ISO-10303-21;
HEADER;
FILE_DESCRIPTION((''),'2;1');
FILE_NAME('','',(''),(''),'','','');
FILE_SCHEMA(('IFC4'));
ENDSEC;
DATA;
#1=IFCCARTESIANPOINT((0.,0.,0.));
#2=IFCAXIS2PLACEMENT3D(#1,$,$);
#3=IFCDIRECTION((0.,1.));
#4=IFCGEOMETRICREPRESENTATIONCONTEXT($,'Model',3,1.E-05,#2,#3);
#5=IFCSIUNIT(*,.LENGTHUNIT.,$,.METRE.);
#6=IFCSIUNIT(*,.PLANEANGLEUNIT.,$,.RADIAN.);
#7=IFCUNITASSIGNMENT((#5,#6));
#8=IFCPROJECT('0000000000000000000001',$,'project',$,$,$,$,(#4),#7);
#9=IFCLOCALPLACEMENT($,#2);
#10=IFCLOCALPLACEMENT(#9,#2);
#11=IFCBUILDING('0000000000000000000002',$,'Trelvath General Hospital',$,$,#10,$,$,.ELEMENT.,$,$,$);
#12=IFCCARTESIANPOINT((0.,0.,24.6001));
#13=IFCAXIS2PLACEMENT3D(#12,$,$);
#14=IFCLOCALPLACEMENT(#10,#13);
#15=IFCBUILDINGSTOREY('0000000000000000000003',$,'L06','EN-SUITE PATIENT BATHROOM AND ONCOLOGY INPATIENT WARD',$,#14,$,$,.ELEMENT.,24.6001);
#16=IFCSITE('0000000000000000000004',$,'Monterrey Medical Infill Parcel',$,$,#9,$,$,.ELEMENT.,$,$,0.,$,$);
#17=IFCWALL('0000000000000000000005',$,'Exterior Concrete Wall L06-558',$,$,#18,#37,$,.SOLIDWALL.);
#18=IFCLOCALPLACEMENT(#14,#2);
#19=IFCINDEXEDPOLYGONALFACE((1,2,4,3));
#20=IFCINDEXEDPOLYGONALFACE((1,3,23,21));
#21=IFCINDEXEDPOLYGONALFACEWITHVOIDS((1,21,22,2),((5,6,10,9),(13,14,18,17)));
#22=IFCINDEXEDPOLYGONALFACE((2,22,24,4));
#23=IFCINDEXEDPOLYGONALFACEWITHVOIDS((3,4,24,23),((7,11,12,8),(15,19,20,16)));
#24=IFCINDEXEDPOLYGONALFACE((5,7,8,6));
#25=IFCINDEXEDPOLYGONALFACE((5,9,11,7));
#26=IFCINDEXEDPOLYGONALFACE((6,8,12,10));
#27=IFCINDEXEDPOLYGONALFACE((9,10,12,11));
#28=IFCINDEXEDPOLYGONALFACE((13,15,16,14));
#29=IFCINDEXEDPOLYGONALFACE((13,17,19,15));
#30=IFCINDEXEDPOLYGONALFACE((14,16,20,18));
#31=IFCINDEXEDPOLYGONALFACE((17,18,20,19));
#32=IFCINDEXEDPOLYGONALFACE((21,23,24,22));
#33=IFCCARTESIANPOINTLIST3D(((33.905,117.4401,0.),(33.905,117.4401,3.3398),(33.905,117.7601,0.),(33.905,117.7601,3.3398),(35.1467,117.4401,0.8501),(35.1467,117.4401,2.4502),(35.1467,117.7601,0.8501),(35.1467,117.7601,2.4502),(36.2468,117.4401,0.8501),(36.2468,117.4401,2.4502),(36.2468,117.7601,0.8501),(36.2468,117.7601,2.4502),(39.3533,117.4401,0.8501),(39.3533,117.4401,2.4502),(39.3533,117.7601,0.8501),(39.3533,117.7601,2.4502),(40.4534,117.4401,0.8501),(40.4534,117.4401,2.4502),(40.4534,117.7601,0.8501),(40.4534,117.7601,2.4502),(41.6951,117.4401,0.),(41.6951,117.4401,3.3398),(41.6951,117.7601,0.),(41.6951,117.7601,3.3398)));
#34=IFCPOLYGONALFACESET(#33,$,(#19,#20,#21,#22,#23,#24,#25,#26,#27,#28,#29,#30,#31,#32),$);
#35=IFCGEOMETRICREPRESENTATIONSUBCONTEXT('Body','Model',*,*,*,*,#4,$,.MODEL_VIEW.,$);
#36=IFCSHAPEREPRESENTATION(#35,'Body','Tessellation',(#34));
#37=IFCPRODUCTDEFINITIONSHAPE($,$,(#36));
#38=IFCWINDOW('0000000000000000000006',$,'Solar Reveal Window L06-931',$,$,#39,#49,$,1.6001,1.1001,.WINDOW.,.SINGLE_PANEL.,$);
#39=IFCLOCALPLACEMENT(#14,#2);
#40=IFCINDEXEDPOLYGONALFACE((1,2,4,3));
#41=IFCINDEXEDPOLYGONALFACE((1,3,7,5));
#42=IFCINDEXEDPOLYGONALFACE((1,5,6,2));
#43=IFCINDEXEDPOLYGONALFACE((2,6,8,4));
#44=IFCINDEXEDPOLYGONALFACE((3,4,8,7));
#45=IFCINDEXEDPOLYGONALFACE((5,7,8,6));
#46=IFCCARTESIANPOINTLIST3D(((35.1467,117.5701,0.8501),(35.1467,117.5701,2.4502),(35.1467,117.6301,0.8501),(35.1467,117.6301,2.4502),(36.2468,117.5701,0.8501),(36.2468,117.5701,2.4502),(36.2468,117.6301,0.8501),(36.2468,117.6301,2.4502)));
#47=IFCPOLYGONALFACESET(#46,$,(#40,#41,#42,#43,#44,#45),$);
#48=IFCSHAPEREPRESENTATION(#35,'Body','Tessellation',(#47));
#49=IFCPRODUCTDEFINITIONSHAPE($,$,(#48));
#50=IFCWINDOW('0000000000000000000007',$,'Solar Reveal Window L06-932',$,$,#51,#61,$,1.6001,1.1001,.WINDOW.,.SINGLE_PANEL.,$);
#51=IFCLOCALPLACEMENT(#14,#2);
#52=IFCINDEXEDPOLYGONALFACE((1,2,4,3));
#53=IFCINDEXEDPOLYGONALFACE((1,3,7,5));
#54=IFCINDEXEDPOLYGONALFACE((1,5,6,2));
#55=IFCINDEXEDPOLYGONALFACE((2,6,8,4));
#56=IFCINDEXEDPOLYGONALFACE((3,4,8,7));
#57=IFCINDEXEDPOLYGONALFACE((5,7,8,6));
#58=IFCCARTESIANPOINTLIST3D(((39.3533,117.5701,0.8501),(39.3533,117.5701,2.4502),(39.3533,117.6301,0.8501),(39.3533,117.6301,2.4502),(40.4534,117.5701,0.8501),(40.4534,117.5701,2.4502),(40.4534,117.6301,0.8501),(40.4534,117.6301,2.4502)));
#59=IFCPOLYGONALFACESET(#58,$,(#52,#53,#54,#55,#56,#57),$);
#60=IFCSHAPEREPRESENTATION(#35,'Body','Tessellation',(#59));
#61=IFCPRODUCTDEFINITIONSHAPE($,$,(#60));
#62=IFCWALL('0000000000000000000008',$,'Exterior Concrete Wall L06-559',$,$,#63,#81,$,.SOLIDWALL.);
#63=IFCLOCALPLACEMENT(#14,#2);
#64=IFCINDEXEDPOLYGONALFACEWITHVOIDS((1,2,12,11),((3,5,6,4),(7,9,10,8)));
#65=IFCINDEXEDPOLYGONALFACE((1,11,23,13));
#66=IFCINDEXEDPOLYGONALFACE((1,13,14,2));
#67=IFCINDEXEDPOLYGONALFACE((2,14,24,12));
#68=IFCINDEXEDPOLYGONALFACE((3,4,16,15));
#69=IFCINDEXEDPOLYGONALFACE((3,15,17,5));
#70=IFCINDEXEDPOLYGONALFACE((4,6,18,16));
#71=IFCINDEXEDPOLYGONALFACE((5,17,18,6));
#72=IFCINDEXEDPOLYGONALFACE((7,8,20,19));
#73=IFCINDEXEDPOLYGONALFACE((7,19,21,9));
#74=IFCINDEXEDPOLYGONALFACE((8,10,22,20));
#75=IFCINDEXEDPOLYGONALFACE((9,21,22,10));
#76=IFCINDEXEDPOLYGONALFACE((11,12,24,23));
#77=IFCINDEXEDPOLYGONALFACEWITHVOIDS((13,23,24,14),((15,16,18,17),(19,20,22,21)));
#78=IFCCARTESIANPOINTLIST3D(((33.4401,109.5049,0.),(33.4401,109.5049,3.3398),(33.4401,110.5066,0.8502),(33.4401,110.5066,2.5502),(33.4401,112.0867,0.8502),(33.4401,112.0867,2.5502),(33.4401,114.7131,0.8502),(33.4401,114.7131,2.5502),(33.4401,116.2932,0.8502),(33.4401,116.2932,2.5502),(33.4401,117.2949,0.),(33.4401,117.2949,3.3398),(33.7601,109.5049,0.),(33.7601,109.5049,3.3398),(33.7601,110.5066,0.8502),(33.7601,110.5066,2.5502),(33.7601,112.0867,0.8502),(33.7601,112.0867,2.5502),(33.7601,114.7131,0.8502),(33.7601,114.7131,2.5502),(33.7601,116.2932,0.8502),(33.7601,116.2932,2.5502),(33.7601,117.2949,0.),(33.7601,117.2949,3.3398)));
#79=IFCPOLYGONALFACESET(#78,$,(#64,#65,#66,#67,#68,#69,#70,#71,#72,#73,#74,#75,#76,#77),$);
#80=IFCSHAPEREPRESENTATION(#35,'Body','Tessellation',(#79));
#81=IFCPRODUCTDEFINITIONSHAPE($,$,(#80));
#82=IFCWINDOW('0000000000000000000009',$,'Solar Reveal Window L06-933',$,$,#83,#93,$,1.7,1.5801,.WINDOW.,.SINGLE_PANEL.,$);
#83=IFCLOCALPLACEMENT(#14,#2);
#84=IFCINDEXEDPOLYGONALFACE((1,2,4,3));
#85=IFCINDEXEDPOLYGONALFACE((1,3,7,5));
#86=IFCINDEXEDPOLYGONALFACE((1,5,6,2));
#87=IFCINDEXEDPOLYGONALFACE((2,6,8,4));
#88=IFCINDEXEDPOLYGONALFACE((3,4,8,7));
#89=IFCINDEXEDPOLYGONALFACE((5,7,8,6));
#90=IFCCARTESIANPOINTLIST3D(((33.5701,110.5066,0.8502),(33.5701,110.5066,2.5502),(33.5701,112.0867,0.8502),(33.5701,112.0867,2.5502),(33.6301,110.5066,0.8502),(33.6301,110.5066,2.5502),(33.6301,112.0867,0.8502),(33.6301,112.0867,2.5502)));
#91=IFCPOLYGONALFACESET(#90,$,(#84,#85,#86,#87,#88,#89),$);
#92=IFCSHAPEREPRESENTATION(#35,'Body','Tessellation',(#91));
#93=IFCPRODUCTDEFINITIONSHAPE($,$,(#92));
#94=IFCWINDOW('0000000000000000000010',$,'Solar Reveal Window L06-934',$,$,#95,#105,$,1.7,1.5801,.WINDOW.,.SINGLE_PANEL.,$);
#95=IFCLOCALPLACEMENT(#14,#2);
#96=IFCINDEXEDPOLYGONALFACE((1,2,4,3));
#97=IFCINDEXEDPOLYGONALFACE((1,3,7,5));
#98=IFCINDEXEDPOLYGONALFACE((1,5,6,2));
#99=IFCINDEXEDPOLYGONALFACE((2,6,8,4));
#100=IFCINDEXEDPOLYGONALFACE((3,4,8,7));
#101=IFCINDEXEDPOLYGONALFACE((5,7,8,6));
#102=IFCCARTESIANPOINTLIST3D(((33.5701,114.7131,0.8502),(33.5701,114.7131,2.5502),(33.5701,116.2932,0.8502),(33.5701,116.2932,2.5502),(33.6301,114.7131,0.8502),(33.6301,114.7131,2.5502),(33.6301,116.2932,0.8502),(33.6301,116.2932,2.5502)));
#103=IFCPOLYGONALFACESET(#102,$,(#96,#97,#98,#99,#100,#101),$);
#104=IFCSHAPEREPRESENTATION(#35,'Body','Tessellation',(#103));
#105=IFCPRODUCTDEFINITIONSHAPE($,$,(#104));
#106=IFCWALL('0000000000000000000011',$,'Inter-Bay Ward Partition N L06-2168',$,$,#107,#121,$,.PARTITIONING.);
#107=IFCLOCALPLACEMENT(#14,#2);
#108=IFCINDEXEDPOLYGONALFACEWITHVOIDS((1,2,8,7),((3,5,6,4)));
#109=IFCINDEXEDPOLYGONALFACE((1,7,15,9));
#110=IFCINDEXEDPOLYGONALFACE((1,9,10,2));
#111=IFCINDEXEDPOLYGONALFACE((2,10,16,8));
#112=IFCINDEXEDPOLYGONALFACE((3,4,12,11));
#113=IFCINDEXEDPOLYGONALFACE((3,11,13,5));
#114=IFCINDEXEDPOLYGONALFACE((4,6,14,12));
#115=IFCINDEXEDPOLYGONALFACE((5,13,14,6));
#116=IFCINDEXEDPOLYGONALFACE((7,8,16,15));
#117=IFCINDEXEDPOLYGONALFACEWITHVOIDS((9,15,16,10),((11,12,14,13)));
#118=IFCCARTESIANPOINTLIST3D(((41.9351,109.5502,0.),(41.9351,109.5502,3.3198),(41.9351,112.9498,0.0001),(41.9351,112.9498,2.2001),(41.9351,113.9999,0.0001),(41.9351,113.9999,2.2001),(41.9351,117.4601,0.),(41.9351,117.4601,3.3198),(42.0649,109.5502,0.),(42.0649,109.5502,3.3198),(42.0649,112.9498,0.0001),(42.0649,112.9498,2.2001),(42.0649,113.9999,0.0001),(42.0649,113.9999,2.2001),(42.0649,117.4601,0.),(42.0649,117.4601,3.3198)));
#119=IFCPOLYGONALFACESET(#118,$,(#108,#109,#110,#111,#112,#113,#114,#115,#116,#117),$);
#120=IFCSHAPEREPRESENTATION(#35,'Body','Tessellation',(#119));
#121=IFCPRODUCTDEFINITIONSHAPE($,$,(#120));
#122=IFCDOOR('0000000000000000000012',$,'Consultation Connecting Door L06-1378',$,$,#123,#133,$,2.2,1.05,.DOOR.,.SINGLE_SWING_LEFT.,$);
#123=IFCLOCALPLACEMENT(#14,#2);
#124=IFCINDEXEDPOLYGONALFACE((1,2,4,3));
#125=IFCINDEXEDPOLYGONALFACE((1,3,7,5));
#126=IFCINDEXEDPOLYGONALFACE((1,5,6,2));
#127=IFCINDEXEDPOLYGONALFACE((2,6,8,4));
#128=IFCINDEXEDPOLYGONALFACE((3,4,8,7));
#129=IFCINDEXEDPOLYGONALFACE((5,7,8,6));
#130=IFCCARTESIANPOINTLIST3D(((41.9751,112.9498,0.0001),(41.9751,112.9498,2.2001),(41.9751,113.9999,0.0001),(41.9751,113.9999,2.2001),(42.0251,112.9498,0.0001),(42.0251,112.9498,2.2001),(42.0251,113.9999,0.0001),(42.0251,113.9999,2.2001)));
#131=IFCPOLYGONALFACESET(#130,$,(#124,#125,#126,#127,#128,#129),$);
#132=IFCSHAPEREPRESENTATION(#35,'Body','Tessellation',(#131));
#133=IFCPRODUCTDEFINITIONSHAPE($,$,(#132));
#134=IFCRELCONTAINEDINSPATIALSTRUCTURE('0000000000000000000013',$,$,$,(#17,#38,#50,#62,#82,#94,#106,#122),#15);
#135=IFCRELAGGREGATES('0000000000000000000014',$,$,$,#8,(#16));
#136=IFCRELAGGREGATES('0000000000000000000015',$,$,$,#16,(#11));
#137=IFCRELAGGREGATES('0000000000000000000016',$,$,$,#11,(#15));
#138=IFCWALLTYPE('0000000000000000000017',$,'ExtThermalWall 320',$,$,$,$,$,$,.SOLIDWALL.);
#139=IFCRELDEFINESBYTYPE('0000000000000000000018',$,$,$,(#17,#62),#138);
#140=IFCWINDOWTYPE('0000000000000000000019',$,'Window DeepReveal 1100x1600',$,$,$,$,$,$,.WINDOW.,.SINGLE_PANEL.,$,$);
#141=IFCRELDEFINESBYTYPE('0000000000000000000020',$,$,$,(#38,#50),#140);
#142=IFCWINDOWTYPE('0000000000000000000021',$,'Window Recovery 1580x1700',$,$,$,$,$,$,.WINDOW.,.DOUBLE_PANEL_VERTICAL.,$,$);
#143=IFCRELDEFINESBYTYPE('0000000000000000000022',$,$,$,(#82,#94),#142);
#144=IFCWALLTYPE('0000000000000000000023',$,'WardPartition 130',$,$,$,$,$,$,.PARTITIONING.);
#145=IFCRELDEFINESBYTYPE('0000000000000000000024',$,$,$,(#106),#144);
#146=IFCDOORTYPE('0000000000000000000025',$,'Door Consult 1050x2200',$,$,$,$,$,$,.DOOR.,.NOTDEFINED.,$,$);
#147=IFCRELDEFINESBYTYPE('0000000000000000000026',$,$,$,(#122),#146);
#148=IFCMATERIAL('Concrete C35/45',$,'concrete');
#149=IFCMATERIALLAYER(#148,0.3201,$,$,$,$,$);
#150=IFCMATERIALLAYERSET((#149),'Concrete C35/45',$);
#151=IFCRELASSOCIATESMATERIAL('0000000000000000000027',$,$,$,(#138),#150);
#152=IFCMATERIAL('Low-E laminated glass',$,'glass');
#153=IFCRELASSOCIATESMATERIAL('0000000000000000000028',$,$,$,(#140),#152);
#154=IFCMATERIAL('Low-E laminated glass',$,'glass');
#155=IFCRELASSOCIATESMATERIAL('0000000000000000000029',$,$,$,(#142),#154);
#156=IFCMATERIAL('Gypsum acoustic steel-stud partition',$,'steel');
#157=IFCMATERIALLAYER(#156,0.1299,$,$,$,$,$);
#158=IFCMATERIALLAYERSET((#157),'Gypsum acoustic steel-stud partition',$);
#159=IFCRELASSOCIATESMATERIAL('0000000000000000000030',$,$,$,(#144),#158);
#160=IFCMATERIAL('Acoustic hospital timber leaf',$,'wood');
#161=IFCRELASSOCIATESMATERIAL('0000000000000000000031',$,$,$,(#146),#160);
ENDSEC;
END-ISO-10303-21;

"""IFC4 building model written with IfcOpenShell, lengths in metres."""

from ifc_helpers import new_model, si_unit, direction, frame, frame_2d, origin, place, context, subcontext, project, spatial, rectangle, extrude, material, layer, layer_set, type_object, element, fill, save


model = new_model("IFC4")

# Units and contexts
model_context = context("Model", 3, precision=1e-05, world=origin(), true_north=direction((0.0, 1.0)))
body_context = subcontext(model_context, "Body", "Model", "MODEL_VIEW")
ifc_project = project(units=[si_unit("LENGTHUNIT", "METRE"), si_unit("PLANEANGLEUNIT", "RADIAN")], contexts=[model_context])

# Site, building, storey
site_placement = place(None, origin())
site = spatial("IfcSite", under=ifc_project, at=site_placement, Name="Monterrey Medical Infill Parcel", CompositionType="ELEMENT", RefElevation=0.0)
building_placement = place(site_placement, origin())
building = spatial("IfcBuilding", under=site, at=building_placement, Name="Trelvath General Hospital", CompositionType="ELEMENT")
storey_placement = place(building_placement, frame((0.0, 0.0, 24.6001)))
storey = spatial("IfcBuildingStorey", under=building, at=storey_placement, Name="L06", Description="EN-SUITE PATIENT BATHROOM AND ONCOLOGY INPATIENT WARD", CompositionType="ELEMENT", Elevation=24.6001)

# Walls, openings, windows
ifc_material_1 = material(Name="Concrete C35/45", Category="concrete")
ifc_layer_1 = layer(ifc_material_1, 0.3201)
ifc_layer_set_1 = layer_set([ifc_layer_1], Name="Concrete C35/45")
wall_type_1 = type_object("IfcWallType", Name="ExtThermalWall 320", PredefinedType="SOLIDWALL", material=ifc_layer_set_1)
wall_1_placement = place(storey_placement, frame((33.905, 117.6001, 0.0), z_axis=(0.0, 0.0, 1.0), x_axis=(1.0, 0.0, 0.0)))
wall_1 = element("IfcWall", 1, at=wall_1_placement, inside=storey, type_object=wall_type_1, Name="Exterior Concrete Wall L06-558", PredefinedType="SOLIDWALL", context=body_context, shape_type="SweptSolid", body=[
    extrude(rectangle(XDim=7.79, YDim=0.3201, at=frame_2d((3.895, 0.0))), origin(), (0.0, 0.0, 1.0), 3.3398),
])
opening_1_placement = place(wall_1_placement, frame((1.2417, 0.0, 0.8501)))
opening_1 = element("IfcOpeningElement", 2, at=opening_1_placement, cuts=wall_1, PredefinedType="OPENING", context=body_context, shape_type="SweptSolid", body=[
    extrude(rectangle(XDim=1.1001, YDim=1.6001, at=frame_2d((0.55, 0.8))), frame((0.0, 0.1699, 0.0), z_axis=(0.0, -1.0, 0.0), x_axis=(1.0, 0.0, 0.0)), (0.0, 0.0, 1.0), 0.3401),
])
opening_2_placement = place(wall_1_placement, frame((5.4482, 0.0, 0.8501)))
opening_2 = element("IfcOpeningElement", 3, at=opening_2_placement, cuts=wall_1, PredefinedType="OPENING", context=body_context, shape_type="SweptSolid", body=[
    extrude(rectangle(XDim=1.1001, YDim=1.6001, at=frame_2d((0.55, 0.8))), frame((0.0, 0.1699, 0.0), z_axis=(0.0, -1.0, 0.0), x_axis=(1.0, 0.0, 0.0)), (0.0, 0.0, 1.0), 0.3401),
])
ifc_material_2 = material(Name="Low-E laminated glass", Category="glass")
window_type_1 = type_object("IfcWindowType", Name="Window DeepReveal 1100x1600", PartitioningType="SINGLE_PANEL", PredefinedType="WINDOW", material=ifc_material_2)
window_1_placement = place(opening_1_placement, origin())
window_1 = element("IfcWindow", 4, at=window_1_placement, inside=storey, type_object=window_type_1, Name="Solar Reveal Window L06-931", OverallHeight=1.6001, OverallWidth=1.1001, PartitioningType="SINGLE_PANEL", PredefinedType="WINDOW", context=body_context, shape_type="SweptSolid", body=[
    extrude(rectangle(XDim=1.1001, YDim=1.6001, at=frame_2d((0.55, 0.8))), frame((0.0, 0.03, 0.0), z_axis=(0.0, -1.0, 0.0), x_axis=(1.0, 0.0, 0.0)), (0.0, 0.0, 1.0), 0.0601),
])
fill(opening_1, window_1)
window_2_placement = place(opening_2_placement, origin())
window_2 = element("IfcWindow", 5, at=window_2_placement, inside=storey, type_object=window_type_1, Name="Solar Reveal Window L06-932", OverallHeight=1.6001, OverallWidth=1.1001, PartitioningType="SINGLE_PANEL", PredefinedType="WINDOW", context=body_context, shape_type="SweptSolid", body=[
    extrude(rectangle(XDim=1.1001, YDim=1.6001, at=frame_2d((0.55, 0.8))), frame((0.0, 0.03, 0.0), z_axis=(0.0, -1.0, 0.0), x_axis=(1.0, 0.0, 0.0)), (0.0, 0.0, 1.0), 0.0601),
])
fill(opening_2, window_2)
wall_2_placement = place(storey_placement, frame((33.6001, 109.5049, 0.0), z_axis=(0.0, 0.0, 1.0), x_axis=(0.0, 1.0, 0.0)))
wall_2 = element("IfcWall", 6, at=wall_2_placement, inside=storey, type_object=wall_type_1, Name="Exterior Concrete Wall L06-559", PredefinedType="SOLIDWALL", context=body_context, shape_type="SweptSolid", body=[
    extrude(rectangle(XDim=7.79, YDim=0.3201, at=frame_2d((3.895, 0.0))), origin(), (0.0, 0.0, 1.0), 3.3398),
])
opening_3_placement = place(wall_2_placement, frame((1.0017, 0.0, 0.8501)))
opening_3 = element("IfcOpeningElement", 7, at=opening_3_placement, cuts=wall_2, PredefinedType="OPENING", context=body_context, shape_type="SweptSolid", body=[
    extrude(rectangle(XDim=1.5801, YDim=1.7, at=frame_2d((0.79, 0.8501))), frame((0.0, 0.1699, 0.0), z_axis=(0.0, -1.0, 0.0), x_axis=(1.0, 0.0, 0.0)), (0.0, 0.0, 1.0), 0.3401),
])
opening_4_placement = place(wall_2_placement, frame((5.2083, 0.0, 0.8501)))
opening_4 = element("IfcOpeningElement", 8, at=opening_4_placement, cuts=wall_2, PredefinedType="OPENING", context=body_context, shape_type="SweptSolid", body=[
    extrude(rectangle(XDim=1.5801, YDim=1.7, at=frame_2d((0.79, 0.8501))), frame((0.0, 0.1699, 0.0), z_axis=(0.0, -1.0, 0.0), x_axis=(1.0, 0.0, 0.0)), (0.0, 0.0, 1.0), 0.3401),
])
ifc_material_3 = material(Name="Low-E laminated glass", Category="glass")
window_type_2 = type_object("IfcWindowType", Name="Window Recovery 1580x1700", PartitioningType="DOUBLE_PANEL_VERTICAL", PredefinedType="WINDOW", material=ifc_material_3)
window_3_placement = place(opening_3_placement, origin())
window_3 = element("IfcWindow", 9, at=window_3_placement, inside=storey, type_object=window_type_2, Name="Solar Reveal Window L06-933", OverallHeight=1.7, OverallWidth=1.5801, PartitioningType="SINGLE_PANEL", PredefinedType="WINDOW", context=body_context, shape_type="SweptSolid", body=[
    extrude(rectangle(XDim=1.5801, YDim=1.7, at=frame_2d((0.79, 0.8501))), frame((0.0, 0.03, 0.0), z_axis=(0.0, -1.0, 0.0), x_axis=(1.0, 0.0, 0.0)), (0.0, 0.0, 1.0), 0.0601),
])
fill(opening_3, window_3)
window_4_placement = place(opening_4_placement, origin())
window_4 = element("IfcWindow", 10, at=window_4_placement, inside=storey, type_object=window_type_2, Name="Solar Reveal Window L06-934", OverallHeight=1.7, OverallWidth=1.5801, PartitioningType="SINGLE_PANEL", PredefinedType="WINDOW", context=body_context, shape_type="SweptSolid", body=[
    extrude(rectangle(XDim=1.5801, YDim=1.7, at=frame_2d((0.79, 0.8501))), frame((0.0, 0.03, 0.0), z_axis=(0.0, -1.0, 0.0), x_axis=(1.0, 0.0, 0.0)), (0.0, 0.0, 1.0), 0.0601),
])
fill(opening_4, window_4)

# Wall, opening, door
ifc_material_4 = material(Name="Gypsum acoustic steel-stud partition", Category="steel")
ifc_layer_2 = layer(ifc_material_4, 0.1299)
ifc_layer_set_2 = layer_set([ifc_layer_2], Name="Gypsum acoustic steel-stud partition")
wall_type_2 = type_object("IfcWallType", Name="WardPartition 130", PredefinedType="PARTITIONING", material=ifc_layer_set_2)
wall_3_placement = place(storey_placement, frame((42.0, 109.55, 0.0), z_axis=(0.0, 0.0, 1.0), x_axis=(0.0, 1.0, 0.0)))
wall_3 = element("IfcWall", 11, at=wall_3_placement, inside=storey, type_object=wall_type_2, Name="Inter-Bay Ward Partition N L06-2168", PredefinedType="PARTITIONING", context=body_context, shape_type="SweptSolid", body=[
    extrude(rectangle(XDim=7.9099, YDim=0.1299, at=frame_2d((3.9551, 0.0))), origin(), (0.0, 0.0, 1.0), 3.3198),
])
opening_5_placement = place(wall_3_placement, frame((3.3999, 0.0, 0.0)))
opening_5 = element("IfcOpeningElement", 12, at=opening_5_placement, cuts=wall_3, PredefinedType="OPENING", context=body_context, shape_type="SweptSolid", body=[
    extrude(rectangle(XDim=1.05, YDim=2.2, at=frame_2d((0.5249, 1.1001))), frame((0.0, 0.075, 0.0), z_axis=(0.0, -1.0, 0.0), x_axis=(1.0, 0.0, 0.0)), (0.0, 0.0, 1.0), 0.1499),
])
ifc_material_5 = material(Name="Acoustic hospital timber leaf", Category="wood")
door_type = type_object("IfcDoorType", Name="Door Consult 1050x2200", OperationType="NOTDEFINED", PredefinedType="DOOR", material=ifc_material_5)
door_placement = place(opening_5_placement, origin())
door = element("IfcDoor", 13, at=door_placement, inside=storey, type_object=door_type, Name="Consultation Connecting Door L06-1378", OperationType="SINGLE_SWING_LEFT", OverallHeight=2.2, OverallWidth=1.05, PredefinedType="DOOR", context=body_context, shape_type="SweptSolid", body=[
    extrude(rectangle(XDim=1.05, YDim=2.2, at=frame_2d((0.5249, 1.1001))), frame((0.0, 0.0249, 0.0), z_axis=(0.0, -1.0, 0.0), x_axis=(1.0, 0.0, 0.0)), (0.0, 0.0, 1.0), 0.05),
])
fill(opening_5, door)

save(model, "model.ifc")
